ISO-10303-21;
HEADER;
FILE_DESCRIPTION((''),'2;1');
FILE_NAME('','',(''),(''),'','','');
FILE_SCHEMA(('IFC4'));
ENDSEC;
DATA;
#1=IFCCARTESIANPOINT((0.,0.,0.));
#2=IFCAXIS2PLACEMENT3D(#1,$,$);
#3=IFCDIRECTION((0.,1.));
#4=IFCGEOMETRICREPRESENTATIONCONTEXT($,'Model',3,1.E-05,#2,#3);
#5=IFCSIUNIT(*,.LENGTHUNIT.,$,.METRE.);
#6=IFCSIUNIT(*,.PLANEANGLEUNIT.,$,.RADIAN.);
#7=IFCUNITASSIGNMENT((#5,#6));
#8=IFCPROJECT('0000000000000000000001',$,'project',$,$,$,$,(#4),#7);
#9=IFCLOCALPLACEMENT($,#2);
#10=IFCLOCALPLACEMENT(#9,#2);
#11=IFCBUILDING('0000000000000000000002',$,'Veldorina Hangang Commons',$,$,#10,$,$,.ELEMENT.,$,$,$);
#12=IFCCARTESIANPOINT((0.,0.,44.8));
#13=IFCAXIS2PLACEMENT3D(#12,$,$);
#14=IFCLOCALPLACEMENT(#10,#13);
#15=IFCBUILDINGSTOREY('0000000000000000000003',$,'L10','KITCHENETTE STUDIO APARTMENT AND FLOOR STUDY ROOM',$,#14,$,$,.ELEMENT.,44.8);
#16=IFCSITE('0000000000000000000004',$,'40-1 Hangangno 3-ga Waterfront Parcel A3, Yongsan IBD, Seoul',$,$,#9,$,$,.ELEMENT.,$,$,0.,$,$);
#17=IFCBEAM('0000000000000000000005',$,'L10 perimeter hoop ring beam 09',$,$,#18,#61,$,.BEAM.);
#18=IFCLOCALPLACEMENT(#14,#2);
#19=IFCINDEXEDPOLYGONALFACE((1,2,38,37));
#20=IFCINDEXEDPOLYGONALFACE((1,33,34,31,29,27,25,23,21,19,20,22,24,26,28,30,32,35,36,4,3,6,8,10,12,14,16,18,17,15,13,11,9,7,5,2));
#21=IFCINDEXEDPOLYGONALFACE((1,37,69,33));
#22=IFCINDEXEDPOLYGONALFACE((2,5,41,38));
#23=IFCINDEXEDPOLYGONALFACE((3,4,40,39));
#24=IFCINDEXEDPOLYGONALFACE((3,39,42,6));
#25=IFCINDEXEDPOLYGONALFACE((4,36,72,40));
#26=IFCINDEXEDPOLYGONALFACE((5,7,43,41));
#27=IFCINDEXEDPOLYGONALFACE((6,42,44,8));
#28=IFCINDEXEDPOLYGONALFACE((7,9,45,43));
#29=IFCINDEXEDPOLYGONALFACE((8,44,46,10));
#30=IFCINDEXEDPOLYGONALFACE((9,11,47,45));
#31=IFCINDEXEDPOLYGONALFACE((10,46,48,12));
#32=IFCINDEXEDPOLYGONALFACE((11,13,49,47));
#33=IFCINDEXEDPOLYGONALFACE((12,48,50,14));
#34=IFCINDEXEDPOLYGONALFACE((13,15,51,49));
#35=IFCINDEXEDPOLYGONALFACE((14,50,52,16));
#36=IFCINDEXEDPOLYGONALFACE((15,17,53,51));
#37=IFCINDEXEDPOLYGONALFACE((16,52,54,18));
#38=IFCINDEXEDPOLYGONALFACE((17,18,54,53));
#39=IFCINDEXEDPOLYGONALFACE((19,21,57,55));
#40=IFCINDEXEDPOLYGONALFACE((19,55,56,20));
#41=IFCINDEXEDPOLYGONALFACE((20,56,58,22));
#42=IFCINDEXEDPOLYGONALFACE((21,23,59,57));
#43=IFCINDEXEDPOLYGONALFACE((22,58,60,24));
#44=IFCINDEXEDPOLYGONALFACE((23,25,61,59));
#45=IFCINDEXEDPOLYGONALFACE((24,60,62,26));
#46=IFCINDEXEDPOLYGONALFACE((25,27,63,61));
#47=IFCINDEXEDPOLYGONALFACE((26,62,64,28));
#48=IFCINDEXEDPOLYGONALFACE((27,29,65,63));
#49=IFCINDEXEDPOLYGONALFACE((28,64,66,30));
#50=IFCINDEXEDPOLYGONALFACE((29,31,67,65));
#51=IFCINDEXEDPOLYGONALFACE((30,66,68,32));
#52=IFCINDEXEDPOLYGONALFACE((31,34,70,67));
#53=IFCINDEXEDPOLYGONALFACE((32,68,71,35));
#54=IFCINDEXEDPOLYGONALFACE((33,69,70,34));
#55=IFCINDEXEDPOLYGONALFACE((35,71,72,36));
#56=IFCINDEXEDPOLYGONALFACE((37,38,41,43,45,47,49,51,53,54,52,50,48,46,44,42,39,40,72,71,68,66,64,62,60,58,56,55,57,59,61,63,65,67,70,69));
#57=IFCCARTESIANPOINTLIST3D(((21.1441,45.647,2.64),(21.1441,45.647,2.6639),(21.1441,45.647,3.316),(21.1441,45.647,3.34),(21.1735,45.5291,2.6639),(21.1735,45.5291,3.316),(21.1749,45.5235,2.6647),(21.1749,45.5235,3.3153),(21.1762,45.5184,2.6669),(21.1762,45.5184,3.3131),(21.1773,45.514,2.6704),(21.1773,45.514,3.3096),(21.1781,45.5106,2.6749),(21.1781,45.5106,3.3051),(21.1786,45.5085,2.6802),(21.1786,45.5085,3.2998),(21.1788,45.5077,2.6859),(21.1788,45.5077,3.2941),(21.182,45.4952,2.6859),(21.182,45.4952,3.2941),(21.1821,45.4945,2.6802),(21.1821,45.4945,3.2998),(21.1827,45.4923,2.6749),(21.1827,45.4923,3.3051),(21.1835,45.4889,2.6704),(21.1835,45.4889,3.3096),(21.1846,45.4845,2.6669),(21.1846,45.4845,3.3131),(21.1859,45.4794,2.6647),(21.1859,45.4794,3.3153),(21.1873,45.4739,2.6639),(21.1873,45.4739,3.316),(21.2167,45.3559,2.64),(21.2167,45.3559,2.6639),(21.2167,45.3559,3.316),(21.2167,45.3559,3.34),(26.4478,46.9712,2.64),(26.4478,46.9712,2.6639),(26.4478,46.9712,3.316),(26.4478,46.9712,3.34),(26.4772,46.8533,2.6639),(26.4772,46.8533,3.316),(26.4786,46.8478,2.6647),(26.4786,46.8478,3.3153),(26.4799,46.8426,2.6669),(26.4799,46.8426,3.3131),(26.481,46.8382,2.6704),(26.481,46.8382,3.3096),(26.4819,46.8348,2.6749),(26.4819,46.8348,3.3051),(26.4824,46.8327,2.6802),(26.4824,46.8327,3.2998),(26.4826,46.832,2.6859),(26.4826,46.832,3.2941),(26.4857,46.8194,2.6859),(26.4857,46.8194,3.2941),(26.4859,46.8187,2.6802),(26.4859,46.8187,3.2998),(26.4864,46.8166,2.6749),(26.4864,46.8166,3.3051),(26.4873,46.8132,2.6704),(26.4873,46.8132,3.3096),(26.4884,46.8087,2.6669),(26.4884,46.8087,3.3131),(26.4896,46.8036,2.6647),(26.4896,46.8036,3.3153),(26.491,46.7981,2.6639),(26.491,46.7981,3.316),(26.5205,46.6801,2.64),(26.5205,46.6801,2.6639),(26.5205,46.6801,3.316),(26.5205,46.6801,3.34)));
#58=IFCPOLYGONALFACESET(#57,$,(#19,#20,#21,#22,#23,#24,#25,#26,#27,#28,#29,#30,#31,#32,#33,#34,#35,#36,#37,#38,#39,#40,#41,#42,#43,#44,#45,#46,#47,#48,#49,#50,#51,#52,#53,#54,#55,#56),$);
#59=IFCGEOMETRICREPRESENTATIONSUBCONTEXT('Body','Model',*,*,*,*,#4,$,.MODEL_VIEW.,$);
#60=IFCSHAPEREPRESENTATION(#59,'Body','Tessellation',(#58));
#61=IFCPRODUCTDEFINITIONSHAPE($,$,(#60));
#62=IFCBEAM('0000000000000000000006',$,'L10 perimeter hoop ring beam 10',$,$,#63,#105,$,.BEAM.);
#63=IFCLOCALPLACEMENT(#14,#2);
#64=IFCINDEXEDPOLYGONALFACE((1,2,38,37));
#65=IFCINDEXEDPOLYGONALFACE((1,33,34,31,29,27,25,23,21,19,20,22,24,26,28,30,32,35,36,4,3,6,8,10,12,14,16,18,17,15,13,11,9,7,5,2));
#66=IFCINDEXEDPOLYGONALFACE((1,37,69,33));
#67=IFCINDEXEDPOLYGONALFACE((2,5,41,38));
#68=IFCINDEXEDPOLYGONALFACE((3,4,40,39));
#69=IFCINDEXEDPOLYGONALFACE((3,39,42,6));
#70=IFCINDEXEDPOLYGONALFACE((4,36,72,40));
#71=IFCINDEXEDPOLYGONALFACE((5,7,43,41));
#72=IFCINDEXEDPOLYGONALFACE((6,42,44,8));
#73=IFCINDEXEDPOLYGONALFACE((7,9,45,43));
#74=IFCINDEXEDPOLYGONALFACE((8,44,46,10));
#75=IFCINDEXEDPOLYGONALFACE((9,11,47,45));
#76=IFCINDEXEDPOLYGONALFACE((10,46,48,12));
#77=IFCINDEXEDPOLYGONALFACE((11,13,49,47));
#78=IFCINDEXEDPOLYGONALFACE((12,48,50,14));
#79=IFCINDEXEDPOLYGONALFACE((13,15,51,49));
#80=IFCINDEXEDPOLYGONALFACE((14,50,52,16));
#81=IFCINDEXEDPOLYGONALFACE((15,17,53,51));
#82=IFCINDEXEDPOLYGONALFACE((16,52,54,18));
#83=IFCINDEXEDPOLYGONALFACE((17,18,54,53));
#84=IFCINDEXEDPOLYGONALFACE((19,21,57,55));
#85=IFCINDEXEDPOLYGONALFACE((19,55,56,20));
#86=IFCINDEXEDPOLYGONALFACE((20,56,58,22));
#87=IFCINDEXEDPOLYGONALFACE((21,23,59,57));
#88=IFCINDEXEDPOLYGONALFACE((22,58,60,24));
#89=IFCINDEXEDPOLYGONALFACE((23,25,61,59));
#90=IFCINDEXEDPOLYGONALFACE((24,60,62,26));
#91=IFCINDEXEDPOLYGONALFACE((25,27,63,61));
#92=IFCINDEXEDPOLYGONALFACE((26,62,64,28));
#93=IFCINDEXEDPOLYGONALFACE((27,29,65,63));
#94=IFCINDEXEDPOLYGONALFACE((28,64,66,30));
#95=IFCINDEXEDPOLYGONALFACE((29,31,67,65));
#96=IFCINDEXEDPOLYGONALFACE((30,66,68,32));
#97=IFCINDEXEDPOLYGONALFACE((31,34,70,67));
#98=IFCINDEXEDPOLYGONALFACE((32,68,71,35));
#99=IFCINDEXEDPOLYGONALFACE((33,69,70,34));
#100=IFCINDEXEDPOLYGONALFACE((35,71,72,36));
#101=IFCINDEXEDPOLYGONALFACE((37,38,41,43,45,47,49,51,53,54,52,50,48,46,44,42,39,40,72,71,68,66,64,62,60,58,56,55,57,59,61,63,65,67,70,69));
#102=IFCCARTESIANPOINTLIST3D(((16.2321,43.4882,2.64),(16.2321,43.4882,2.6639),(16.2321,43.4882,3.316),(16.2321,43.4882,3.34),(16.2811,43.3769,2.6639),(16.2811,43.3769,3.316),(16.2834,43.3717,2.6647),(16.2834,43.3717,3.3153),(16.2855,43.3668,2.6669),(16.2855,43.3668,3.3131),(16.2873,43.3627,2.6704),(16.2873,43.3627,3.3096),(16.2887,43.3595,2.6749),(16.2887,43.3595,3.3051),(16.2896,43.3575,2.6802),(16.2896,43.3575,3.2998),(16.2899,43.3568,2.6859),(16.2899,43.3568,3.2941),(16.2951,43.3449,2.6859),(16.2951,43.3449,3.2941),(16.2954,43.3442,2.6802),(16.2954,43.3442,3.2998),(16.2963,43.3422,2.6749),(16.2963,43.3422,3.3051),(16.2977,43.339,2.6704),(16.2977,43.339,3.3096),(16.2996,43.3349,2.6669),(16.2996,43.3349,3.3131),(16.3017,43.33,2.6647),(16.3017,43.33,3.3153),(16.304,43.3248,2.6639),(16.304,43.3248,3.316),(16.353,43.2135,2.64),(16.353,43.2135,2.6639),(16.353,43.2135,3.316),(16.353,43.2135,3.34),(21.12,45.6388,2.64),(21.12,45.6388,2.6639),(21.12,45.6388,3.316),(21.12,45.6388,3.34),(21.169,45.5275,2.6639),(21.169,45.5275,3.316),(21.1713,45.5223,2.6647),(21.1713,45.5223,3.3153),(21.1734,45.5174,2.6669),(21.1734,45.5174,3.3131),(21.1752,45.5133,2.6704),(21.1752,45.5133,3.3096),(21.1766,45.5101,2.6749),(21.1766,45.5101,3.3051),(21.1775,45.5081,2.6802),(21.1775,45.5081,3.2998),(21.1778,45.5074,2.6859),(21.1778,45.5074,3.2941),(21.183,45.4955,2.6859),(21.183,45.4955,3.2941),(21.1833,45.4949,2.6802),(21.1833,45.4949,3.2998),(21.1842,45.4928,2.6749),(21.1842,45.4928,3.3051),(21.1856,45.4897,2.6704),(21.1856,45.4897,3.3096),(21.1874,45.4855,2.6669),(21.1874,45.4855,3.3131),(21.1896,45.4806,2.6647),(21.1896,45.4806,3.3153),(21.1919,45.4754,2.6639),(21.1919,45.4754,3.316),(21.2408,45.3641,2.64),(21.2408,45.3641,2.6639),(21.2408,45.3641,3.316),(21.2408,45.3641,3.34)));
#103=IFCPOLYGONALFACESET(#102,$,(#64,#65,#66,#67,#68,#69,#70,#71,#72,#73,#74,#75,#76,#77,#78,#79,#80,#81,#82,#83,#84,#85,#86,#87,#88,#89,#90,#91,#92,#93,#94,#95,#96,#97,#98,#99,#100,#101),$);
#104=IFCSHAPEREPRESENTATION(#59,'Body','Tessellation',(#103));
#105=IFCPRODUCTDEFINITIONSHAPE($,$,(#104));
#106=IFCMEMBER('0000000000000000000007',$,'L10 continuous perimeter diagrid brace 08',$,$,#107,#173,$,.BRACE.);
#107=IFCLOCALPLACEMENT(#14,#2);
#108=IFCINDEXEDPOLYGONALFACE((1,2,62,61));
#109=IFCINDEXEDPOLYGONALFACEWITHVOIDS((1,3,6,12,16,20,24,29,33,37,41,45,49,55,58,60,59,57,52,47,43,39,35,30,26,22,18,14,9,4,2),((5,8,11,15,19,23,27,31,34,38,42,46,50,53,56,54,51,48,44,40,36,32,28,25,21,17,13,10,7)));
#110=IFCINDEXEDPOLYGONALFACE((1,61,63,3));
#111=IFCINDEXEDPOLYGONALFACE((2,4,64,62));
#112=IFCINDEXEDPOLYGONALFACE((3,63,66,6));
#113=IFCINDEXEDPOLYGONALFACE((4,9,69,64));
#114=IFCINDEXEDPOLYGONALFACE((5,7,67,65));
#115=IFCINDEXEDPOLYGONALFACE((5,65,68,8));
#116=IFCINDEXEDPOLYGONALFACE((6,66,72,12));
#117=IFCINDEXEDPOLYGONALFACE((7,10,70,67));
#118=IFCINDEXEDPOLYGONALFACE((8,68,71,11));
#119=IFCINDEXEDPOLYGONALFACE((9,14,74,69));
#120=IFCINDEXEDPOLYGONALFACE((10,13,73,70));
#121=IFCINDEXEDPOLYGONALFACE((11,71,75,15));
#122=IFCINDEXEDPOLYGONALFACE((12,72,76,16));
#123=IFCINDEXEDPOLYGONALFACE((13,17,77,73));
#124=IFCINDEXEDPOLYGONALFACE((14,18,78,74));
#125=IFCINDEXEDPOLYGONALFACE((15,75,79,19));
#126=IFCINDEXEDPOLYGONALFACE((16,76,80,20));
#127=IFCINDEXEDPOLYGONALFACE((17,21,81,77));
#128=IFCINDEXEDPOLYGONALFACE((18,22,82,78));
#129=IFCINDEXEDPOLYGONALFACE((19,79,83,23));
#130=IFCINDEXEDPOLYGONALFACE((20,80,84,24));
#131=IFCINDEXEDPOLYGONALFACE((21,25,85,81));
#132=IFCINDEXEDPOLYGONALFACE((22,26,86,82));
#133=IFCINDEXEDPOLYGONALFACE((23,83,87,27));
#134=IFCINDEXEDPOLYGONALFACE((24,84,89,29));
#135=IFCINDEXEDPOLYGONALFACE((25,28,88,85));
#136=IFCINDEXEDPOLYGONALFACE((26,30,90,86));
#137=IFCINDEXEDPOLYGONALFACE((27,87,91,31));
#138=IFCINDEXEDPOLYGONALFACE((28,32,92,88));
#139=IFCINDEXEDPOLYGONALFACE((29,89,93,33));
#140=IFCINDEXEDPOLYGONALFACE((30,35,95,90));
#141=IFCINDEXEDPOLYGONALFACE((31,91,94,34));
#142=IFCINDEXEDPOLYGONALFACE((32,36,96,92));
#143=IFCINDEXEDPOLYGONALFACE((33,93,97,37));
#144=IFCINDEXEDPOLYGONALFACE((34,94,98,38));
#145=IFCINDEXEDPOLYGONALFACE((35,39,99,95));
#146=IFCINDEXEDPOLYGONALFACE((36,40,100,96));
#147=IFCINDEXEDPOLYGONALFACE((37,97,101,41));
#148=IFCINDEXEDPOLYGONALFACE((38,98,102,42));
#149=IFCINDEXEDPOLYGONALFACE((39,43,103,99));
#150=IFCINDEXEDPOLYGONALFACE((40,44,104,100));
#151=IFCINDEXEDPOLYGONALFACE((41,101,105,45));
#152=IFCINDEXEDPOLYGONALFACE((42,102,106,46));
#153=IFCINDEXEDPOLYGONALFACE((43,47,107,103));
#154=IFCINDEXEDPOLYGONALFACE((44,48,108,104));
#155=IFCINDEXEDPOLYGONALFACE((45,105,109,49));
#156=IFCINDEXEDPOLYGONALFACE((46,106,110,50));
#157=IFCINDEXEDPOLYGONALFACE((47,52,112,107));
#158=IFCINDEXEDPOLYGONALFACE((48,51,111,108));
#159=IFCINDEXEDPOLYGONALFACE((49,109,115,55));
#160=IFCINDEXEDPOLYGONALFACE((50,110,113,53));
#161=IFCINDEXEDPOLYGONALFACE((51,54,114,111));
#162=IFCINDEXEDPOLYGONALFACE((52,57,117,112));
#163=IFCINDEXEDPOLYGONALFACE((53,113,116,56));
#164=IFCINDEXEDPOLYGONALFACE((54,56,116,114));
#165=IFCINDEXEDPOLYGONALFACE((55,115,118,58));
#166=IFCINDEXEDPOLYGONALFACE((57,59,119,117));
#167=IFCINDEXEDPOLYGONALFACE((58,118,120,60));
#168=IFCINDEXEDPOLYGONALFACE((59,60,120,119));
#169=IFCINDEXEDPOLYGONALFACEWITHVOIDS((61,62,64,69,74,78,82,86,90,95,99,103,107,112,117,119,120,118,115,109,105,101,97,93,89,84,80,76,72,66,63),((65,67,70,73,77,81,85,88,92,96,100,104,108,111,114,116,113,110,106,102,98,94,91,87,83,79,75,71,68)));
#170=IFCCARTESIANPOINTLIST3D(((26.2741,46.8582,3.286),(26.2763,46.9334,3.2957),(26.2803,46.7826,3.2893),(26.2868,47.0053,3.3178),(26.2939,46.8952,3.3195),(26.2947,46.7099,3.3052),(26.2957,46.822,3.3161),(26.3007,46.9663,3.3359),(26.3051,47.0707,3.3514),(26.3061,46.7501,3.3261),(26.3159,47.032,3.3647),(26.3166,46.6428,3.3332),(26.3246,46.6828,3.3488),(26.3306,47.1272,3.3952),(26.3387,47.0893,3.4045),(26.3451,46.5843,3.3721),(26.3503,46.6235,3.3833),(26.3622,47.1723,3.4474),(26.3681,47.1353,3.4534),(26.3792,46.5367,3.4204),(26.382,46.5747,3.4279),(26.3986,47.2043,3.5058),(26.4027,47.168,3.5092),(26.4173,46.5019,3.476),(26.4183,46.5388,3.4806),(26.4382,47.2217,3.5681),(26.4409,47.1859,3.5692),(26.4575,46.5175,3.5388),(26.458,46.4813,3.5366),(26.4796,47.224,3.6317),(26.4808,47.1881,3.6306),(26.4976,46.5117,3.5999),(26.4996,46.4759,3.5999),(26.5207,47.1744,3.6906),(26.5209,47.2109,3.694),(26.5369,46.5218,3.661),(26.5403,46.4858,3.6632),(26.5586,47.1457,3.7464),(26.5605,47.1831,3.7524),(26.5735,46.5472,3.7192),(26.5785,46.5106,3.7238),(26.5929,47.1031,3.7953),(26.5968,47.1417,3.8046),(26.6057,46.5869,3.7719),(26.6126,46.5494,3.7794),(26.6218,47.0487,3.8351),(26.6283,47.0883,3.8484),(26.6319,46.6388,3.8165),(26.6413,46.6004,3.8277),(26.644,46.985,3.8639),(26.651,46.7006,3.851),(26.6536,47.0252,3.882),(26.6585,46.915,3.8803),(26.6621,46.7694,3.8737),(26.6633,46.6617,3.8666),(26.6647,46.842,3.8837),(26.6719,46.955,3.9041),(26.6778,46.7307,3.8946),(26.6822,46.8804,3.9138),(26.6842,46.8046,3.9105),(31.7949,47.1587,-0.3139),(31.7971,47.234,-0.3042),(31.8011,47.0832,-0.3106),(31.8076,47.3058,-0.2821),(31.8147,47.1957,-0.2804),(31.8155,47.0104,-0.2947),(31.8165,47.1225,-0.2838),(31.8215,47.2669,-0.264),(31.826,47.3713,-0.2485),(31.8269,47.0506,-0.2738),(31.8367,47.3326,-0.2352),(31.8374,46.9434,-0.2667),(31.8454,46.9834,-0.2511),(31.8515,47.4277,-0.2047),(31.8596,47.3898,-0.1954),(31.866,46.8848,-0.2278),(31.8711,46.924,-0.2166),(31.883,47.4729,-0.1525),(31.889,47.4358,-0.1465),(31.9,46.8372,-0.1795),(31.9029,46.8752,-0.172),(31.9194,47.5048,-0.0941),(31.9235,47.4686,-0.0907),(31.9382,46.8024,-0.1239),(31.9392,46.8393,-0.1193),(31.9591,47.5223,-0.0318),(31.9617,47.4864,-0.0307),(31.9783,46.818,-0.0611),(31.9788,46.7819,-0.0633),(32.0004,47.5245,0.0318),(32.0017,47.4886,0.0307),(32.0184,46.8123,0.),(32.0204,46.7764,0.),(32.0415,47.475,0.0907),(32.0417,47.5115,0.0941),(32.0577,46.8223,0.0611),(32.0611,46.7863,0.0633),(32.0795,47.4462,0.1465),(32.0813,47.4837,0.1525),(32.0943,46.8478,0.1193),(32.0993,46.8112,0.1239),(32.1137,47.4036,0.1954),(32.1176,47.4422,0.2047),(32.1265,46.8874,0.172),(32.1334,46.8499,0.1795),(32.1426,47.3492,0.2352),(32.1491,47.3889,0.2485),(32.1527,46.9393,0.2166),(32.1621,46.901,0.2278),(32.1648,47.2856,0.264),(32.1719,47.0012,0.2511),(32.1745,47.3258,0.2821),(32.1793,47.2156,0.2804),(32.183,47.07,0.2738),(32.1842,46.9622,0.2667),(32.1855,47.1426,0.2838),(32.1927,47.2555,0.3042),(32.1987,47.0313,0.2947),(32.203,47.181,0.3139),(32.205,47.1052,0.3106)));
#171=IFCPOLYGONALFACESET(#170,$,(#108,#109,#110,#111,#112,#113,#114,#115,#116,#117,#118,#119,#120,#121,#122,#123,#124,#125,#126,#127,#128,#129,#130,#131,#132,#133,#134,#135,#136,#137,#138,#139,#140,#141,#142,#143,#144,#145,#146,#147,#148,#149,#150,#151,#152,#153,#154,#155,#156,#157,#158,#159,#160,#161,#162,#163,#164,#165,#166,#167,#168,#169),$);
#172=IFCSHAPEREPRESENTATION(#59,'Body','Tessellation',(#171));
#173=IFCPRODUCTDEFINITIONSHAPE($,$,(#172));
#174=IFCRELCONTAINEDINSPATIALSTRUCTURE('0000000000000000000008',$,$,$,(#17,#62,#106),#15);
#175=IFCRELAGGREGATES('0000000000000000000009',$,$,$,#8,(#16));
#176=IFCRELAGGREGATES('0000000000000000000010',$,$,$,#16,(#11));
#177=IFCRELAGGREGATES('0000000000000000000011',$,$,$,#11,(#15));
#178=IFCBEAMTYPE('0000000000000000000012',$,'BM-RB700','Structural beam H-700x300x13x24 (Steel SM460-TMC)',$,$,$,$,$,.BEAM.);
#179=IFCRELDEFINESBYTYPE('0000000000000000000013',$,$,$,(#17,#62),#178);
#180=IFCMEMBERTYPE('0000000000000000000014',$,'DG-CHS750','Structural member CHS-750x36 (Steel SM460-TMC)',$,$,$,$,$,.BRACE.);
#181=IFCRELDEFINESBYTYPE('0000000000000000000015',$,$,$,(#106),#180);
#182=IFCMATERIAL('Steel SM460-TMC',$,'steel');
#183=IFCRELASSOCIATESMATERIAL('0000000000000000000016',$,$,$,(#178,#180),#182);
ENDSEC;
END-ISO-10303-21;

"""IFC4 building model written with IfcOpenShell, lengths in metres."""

from ifc_helpers import new_model, si_unit, direction, frame, origin, origin_2d, place, context, subcontext, project, spatial, hollow_circle, i_section, extrude, material, material_profile, profile_set, type_object, element, save


model = new_model("IFC4")

# Units and contexts
model_context = context("Model", 3, precision=1e-05, world=origin(), true_north=direction((0.0, 1.0)))
body_context = subcontext(model_context, "Body", "Model", "MODEL_VIEW")
ifc_project = project(units=[si_unit("LENGTHUNIT", "METRE"), si_unit("PLANEANGLEUNIT", "RADIAN")], contexts=[model_context])

# Site, building, storey
site_placement = place(None, origin())
site = spatial("IfcSite", under=ifc_project, at=site_placement, Name="40-1 Hangangno 3-ga Waterfront Parcel A3, Yongsan IBD, Seoul", CompositionType="ELEMENT", RefElevation=0.0)
building_placement = place(site_placement, origin())
building = spatial("IfcBuilding", under=site, at=building_placement, Name="Veldorina Hangang Commons", CompositionType="ELEMENT")
storey_placement = place(building_placement, frame((0.0, 0.0, 44.8)))
storey = spatial("IfcBuildingStorey", under=building, at=storey_placement, Name="L10", Description="KITCHENETTE STUDIO APARTMENT AND FLOOR STUDY ROOM", CompositionType="ELEMENT", Elevation=44.8)

# Beams
ifc_material_1 = material(Name="Steel SM460-TMC", Category="steel")
ifc_material_profile_1 = material_profile(ifc_material_1, i_section(OverallWidth=0.3, OverallDepth=0.7, WebThickness=0.0129, FlangeThickness=0.0239, FilletRadius=0.022, at=origin_2d()), Name="H-700x300x13x24")
ifc_profile_set_1 = profile_set([ifc_material_profile_1], Name="Steel SM460-TMC")
beam_type_1 = type_object("IfcBeamType", Name="BM-RB700", Description="Structural beam H-700x300x13x24 (Steel SM460-TMC)", PredefinedType="BEAM", material=ifc_profile_set_1)
beam_1_placement = place(storey_placement, frame((26.4841, 46.8257, 2.99), z_axis=(-0.970216, -0.242241, 0.0), x_axis=(0.242241, -0.970216, 0.0)))
element("IfcBeam", 1, at=beam_1_placement, inside=storey, type_object=beam_type_1, Name="L10 perimeter hoop ring beam 09", PredefinedType="BEAM", context=body_context, shape_type="SweptSolid", body=[
    extrude(i_section(OverallWidth=0.3, OverallDepth=0.7, WebThickness=0.0129, FlangeThickness=0.0239, FilletRadius=0.022, at=origin_2d()), origin(), (0.0, 0.0, 1.0), 5.4666),
])
beam_2_placement = place(storey_placement, frame((21.1804, 45.5015, 2.99), z_axis=(-0.915319, -0.402729, 0.0), x_axis=(0.402729, -0.915319, 0.0)))
element("IfcBeam", 2, at=beam_2_placement, inside=storey, type_object=beam_type_1, Name="L10 perimeter hoop ring beam 10", PredefinedType="BEAM", context=body_context, shape_type="SweptSolid", body=[
    extrude(i_section(OverallWidth=0.3, OverallDepth=0.7, WebThickness=0.0129, FlangeThickness=0.0239, FilletRadius=0.022, at=origin_2d()), origin(), (0.0, 0.0, 1.0), 5.3401),
])

# Member
ifc_material_profile_2 = material_profile(ifc_material_1, hollow_circle(Radius=0.375, WallThickness=0.0359, at=origin_2d()), Name="CHS-750x36")
ifc_profile_set_2 = profile_set([ifc_material_profile_2], Name="Steel SM460-TMC")
member_type = type_object("IfcMemberType", Name="DG-CHS750", Description="Structural member CHS-750x36 (Steel SM460-TMC)", PredefinedType="BRACE", material=ifc_profile_set_2)
member_1_placement = place(storey_placement, frame((32.0, 47.1509, 0.0), z_axis=(-0.836785, -0.045553, 0.545633), x_axis=(0.054357, -0.998522, 0.0)))
element("IfcMember", 3, at=member_1_placement, inside=storey, type_object=member_type, Name="L10 continuous perimeter diagrid brace 08", PredefinedType="BRACE", context=body_context, shape_type="SweptSolid", body=[
    extrude(hollow_circle(Radius=0.375, WallThickness=0.0359, at=origin_2d()), origin(), (0.0, 0.0, 1.0), 6.5977),
])

save(model, "model.ifc")
